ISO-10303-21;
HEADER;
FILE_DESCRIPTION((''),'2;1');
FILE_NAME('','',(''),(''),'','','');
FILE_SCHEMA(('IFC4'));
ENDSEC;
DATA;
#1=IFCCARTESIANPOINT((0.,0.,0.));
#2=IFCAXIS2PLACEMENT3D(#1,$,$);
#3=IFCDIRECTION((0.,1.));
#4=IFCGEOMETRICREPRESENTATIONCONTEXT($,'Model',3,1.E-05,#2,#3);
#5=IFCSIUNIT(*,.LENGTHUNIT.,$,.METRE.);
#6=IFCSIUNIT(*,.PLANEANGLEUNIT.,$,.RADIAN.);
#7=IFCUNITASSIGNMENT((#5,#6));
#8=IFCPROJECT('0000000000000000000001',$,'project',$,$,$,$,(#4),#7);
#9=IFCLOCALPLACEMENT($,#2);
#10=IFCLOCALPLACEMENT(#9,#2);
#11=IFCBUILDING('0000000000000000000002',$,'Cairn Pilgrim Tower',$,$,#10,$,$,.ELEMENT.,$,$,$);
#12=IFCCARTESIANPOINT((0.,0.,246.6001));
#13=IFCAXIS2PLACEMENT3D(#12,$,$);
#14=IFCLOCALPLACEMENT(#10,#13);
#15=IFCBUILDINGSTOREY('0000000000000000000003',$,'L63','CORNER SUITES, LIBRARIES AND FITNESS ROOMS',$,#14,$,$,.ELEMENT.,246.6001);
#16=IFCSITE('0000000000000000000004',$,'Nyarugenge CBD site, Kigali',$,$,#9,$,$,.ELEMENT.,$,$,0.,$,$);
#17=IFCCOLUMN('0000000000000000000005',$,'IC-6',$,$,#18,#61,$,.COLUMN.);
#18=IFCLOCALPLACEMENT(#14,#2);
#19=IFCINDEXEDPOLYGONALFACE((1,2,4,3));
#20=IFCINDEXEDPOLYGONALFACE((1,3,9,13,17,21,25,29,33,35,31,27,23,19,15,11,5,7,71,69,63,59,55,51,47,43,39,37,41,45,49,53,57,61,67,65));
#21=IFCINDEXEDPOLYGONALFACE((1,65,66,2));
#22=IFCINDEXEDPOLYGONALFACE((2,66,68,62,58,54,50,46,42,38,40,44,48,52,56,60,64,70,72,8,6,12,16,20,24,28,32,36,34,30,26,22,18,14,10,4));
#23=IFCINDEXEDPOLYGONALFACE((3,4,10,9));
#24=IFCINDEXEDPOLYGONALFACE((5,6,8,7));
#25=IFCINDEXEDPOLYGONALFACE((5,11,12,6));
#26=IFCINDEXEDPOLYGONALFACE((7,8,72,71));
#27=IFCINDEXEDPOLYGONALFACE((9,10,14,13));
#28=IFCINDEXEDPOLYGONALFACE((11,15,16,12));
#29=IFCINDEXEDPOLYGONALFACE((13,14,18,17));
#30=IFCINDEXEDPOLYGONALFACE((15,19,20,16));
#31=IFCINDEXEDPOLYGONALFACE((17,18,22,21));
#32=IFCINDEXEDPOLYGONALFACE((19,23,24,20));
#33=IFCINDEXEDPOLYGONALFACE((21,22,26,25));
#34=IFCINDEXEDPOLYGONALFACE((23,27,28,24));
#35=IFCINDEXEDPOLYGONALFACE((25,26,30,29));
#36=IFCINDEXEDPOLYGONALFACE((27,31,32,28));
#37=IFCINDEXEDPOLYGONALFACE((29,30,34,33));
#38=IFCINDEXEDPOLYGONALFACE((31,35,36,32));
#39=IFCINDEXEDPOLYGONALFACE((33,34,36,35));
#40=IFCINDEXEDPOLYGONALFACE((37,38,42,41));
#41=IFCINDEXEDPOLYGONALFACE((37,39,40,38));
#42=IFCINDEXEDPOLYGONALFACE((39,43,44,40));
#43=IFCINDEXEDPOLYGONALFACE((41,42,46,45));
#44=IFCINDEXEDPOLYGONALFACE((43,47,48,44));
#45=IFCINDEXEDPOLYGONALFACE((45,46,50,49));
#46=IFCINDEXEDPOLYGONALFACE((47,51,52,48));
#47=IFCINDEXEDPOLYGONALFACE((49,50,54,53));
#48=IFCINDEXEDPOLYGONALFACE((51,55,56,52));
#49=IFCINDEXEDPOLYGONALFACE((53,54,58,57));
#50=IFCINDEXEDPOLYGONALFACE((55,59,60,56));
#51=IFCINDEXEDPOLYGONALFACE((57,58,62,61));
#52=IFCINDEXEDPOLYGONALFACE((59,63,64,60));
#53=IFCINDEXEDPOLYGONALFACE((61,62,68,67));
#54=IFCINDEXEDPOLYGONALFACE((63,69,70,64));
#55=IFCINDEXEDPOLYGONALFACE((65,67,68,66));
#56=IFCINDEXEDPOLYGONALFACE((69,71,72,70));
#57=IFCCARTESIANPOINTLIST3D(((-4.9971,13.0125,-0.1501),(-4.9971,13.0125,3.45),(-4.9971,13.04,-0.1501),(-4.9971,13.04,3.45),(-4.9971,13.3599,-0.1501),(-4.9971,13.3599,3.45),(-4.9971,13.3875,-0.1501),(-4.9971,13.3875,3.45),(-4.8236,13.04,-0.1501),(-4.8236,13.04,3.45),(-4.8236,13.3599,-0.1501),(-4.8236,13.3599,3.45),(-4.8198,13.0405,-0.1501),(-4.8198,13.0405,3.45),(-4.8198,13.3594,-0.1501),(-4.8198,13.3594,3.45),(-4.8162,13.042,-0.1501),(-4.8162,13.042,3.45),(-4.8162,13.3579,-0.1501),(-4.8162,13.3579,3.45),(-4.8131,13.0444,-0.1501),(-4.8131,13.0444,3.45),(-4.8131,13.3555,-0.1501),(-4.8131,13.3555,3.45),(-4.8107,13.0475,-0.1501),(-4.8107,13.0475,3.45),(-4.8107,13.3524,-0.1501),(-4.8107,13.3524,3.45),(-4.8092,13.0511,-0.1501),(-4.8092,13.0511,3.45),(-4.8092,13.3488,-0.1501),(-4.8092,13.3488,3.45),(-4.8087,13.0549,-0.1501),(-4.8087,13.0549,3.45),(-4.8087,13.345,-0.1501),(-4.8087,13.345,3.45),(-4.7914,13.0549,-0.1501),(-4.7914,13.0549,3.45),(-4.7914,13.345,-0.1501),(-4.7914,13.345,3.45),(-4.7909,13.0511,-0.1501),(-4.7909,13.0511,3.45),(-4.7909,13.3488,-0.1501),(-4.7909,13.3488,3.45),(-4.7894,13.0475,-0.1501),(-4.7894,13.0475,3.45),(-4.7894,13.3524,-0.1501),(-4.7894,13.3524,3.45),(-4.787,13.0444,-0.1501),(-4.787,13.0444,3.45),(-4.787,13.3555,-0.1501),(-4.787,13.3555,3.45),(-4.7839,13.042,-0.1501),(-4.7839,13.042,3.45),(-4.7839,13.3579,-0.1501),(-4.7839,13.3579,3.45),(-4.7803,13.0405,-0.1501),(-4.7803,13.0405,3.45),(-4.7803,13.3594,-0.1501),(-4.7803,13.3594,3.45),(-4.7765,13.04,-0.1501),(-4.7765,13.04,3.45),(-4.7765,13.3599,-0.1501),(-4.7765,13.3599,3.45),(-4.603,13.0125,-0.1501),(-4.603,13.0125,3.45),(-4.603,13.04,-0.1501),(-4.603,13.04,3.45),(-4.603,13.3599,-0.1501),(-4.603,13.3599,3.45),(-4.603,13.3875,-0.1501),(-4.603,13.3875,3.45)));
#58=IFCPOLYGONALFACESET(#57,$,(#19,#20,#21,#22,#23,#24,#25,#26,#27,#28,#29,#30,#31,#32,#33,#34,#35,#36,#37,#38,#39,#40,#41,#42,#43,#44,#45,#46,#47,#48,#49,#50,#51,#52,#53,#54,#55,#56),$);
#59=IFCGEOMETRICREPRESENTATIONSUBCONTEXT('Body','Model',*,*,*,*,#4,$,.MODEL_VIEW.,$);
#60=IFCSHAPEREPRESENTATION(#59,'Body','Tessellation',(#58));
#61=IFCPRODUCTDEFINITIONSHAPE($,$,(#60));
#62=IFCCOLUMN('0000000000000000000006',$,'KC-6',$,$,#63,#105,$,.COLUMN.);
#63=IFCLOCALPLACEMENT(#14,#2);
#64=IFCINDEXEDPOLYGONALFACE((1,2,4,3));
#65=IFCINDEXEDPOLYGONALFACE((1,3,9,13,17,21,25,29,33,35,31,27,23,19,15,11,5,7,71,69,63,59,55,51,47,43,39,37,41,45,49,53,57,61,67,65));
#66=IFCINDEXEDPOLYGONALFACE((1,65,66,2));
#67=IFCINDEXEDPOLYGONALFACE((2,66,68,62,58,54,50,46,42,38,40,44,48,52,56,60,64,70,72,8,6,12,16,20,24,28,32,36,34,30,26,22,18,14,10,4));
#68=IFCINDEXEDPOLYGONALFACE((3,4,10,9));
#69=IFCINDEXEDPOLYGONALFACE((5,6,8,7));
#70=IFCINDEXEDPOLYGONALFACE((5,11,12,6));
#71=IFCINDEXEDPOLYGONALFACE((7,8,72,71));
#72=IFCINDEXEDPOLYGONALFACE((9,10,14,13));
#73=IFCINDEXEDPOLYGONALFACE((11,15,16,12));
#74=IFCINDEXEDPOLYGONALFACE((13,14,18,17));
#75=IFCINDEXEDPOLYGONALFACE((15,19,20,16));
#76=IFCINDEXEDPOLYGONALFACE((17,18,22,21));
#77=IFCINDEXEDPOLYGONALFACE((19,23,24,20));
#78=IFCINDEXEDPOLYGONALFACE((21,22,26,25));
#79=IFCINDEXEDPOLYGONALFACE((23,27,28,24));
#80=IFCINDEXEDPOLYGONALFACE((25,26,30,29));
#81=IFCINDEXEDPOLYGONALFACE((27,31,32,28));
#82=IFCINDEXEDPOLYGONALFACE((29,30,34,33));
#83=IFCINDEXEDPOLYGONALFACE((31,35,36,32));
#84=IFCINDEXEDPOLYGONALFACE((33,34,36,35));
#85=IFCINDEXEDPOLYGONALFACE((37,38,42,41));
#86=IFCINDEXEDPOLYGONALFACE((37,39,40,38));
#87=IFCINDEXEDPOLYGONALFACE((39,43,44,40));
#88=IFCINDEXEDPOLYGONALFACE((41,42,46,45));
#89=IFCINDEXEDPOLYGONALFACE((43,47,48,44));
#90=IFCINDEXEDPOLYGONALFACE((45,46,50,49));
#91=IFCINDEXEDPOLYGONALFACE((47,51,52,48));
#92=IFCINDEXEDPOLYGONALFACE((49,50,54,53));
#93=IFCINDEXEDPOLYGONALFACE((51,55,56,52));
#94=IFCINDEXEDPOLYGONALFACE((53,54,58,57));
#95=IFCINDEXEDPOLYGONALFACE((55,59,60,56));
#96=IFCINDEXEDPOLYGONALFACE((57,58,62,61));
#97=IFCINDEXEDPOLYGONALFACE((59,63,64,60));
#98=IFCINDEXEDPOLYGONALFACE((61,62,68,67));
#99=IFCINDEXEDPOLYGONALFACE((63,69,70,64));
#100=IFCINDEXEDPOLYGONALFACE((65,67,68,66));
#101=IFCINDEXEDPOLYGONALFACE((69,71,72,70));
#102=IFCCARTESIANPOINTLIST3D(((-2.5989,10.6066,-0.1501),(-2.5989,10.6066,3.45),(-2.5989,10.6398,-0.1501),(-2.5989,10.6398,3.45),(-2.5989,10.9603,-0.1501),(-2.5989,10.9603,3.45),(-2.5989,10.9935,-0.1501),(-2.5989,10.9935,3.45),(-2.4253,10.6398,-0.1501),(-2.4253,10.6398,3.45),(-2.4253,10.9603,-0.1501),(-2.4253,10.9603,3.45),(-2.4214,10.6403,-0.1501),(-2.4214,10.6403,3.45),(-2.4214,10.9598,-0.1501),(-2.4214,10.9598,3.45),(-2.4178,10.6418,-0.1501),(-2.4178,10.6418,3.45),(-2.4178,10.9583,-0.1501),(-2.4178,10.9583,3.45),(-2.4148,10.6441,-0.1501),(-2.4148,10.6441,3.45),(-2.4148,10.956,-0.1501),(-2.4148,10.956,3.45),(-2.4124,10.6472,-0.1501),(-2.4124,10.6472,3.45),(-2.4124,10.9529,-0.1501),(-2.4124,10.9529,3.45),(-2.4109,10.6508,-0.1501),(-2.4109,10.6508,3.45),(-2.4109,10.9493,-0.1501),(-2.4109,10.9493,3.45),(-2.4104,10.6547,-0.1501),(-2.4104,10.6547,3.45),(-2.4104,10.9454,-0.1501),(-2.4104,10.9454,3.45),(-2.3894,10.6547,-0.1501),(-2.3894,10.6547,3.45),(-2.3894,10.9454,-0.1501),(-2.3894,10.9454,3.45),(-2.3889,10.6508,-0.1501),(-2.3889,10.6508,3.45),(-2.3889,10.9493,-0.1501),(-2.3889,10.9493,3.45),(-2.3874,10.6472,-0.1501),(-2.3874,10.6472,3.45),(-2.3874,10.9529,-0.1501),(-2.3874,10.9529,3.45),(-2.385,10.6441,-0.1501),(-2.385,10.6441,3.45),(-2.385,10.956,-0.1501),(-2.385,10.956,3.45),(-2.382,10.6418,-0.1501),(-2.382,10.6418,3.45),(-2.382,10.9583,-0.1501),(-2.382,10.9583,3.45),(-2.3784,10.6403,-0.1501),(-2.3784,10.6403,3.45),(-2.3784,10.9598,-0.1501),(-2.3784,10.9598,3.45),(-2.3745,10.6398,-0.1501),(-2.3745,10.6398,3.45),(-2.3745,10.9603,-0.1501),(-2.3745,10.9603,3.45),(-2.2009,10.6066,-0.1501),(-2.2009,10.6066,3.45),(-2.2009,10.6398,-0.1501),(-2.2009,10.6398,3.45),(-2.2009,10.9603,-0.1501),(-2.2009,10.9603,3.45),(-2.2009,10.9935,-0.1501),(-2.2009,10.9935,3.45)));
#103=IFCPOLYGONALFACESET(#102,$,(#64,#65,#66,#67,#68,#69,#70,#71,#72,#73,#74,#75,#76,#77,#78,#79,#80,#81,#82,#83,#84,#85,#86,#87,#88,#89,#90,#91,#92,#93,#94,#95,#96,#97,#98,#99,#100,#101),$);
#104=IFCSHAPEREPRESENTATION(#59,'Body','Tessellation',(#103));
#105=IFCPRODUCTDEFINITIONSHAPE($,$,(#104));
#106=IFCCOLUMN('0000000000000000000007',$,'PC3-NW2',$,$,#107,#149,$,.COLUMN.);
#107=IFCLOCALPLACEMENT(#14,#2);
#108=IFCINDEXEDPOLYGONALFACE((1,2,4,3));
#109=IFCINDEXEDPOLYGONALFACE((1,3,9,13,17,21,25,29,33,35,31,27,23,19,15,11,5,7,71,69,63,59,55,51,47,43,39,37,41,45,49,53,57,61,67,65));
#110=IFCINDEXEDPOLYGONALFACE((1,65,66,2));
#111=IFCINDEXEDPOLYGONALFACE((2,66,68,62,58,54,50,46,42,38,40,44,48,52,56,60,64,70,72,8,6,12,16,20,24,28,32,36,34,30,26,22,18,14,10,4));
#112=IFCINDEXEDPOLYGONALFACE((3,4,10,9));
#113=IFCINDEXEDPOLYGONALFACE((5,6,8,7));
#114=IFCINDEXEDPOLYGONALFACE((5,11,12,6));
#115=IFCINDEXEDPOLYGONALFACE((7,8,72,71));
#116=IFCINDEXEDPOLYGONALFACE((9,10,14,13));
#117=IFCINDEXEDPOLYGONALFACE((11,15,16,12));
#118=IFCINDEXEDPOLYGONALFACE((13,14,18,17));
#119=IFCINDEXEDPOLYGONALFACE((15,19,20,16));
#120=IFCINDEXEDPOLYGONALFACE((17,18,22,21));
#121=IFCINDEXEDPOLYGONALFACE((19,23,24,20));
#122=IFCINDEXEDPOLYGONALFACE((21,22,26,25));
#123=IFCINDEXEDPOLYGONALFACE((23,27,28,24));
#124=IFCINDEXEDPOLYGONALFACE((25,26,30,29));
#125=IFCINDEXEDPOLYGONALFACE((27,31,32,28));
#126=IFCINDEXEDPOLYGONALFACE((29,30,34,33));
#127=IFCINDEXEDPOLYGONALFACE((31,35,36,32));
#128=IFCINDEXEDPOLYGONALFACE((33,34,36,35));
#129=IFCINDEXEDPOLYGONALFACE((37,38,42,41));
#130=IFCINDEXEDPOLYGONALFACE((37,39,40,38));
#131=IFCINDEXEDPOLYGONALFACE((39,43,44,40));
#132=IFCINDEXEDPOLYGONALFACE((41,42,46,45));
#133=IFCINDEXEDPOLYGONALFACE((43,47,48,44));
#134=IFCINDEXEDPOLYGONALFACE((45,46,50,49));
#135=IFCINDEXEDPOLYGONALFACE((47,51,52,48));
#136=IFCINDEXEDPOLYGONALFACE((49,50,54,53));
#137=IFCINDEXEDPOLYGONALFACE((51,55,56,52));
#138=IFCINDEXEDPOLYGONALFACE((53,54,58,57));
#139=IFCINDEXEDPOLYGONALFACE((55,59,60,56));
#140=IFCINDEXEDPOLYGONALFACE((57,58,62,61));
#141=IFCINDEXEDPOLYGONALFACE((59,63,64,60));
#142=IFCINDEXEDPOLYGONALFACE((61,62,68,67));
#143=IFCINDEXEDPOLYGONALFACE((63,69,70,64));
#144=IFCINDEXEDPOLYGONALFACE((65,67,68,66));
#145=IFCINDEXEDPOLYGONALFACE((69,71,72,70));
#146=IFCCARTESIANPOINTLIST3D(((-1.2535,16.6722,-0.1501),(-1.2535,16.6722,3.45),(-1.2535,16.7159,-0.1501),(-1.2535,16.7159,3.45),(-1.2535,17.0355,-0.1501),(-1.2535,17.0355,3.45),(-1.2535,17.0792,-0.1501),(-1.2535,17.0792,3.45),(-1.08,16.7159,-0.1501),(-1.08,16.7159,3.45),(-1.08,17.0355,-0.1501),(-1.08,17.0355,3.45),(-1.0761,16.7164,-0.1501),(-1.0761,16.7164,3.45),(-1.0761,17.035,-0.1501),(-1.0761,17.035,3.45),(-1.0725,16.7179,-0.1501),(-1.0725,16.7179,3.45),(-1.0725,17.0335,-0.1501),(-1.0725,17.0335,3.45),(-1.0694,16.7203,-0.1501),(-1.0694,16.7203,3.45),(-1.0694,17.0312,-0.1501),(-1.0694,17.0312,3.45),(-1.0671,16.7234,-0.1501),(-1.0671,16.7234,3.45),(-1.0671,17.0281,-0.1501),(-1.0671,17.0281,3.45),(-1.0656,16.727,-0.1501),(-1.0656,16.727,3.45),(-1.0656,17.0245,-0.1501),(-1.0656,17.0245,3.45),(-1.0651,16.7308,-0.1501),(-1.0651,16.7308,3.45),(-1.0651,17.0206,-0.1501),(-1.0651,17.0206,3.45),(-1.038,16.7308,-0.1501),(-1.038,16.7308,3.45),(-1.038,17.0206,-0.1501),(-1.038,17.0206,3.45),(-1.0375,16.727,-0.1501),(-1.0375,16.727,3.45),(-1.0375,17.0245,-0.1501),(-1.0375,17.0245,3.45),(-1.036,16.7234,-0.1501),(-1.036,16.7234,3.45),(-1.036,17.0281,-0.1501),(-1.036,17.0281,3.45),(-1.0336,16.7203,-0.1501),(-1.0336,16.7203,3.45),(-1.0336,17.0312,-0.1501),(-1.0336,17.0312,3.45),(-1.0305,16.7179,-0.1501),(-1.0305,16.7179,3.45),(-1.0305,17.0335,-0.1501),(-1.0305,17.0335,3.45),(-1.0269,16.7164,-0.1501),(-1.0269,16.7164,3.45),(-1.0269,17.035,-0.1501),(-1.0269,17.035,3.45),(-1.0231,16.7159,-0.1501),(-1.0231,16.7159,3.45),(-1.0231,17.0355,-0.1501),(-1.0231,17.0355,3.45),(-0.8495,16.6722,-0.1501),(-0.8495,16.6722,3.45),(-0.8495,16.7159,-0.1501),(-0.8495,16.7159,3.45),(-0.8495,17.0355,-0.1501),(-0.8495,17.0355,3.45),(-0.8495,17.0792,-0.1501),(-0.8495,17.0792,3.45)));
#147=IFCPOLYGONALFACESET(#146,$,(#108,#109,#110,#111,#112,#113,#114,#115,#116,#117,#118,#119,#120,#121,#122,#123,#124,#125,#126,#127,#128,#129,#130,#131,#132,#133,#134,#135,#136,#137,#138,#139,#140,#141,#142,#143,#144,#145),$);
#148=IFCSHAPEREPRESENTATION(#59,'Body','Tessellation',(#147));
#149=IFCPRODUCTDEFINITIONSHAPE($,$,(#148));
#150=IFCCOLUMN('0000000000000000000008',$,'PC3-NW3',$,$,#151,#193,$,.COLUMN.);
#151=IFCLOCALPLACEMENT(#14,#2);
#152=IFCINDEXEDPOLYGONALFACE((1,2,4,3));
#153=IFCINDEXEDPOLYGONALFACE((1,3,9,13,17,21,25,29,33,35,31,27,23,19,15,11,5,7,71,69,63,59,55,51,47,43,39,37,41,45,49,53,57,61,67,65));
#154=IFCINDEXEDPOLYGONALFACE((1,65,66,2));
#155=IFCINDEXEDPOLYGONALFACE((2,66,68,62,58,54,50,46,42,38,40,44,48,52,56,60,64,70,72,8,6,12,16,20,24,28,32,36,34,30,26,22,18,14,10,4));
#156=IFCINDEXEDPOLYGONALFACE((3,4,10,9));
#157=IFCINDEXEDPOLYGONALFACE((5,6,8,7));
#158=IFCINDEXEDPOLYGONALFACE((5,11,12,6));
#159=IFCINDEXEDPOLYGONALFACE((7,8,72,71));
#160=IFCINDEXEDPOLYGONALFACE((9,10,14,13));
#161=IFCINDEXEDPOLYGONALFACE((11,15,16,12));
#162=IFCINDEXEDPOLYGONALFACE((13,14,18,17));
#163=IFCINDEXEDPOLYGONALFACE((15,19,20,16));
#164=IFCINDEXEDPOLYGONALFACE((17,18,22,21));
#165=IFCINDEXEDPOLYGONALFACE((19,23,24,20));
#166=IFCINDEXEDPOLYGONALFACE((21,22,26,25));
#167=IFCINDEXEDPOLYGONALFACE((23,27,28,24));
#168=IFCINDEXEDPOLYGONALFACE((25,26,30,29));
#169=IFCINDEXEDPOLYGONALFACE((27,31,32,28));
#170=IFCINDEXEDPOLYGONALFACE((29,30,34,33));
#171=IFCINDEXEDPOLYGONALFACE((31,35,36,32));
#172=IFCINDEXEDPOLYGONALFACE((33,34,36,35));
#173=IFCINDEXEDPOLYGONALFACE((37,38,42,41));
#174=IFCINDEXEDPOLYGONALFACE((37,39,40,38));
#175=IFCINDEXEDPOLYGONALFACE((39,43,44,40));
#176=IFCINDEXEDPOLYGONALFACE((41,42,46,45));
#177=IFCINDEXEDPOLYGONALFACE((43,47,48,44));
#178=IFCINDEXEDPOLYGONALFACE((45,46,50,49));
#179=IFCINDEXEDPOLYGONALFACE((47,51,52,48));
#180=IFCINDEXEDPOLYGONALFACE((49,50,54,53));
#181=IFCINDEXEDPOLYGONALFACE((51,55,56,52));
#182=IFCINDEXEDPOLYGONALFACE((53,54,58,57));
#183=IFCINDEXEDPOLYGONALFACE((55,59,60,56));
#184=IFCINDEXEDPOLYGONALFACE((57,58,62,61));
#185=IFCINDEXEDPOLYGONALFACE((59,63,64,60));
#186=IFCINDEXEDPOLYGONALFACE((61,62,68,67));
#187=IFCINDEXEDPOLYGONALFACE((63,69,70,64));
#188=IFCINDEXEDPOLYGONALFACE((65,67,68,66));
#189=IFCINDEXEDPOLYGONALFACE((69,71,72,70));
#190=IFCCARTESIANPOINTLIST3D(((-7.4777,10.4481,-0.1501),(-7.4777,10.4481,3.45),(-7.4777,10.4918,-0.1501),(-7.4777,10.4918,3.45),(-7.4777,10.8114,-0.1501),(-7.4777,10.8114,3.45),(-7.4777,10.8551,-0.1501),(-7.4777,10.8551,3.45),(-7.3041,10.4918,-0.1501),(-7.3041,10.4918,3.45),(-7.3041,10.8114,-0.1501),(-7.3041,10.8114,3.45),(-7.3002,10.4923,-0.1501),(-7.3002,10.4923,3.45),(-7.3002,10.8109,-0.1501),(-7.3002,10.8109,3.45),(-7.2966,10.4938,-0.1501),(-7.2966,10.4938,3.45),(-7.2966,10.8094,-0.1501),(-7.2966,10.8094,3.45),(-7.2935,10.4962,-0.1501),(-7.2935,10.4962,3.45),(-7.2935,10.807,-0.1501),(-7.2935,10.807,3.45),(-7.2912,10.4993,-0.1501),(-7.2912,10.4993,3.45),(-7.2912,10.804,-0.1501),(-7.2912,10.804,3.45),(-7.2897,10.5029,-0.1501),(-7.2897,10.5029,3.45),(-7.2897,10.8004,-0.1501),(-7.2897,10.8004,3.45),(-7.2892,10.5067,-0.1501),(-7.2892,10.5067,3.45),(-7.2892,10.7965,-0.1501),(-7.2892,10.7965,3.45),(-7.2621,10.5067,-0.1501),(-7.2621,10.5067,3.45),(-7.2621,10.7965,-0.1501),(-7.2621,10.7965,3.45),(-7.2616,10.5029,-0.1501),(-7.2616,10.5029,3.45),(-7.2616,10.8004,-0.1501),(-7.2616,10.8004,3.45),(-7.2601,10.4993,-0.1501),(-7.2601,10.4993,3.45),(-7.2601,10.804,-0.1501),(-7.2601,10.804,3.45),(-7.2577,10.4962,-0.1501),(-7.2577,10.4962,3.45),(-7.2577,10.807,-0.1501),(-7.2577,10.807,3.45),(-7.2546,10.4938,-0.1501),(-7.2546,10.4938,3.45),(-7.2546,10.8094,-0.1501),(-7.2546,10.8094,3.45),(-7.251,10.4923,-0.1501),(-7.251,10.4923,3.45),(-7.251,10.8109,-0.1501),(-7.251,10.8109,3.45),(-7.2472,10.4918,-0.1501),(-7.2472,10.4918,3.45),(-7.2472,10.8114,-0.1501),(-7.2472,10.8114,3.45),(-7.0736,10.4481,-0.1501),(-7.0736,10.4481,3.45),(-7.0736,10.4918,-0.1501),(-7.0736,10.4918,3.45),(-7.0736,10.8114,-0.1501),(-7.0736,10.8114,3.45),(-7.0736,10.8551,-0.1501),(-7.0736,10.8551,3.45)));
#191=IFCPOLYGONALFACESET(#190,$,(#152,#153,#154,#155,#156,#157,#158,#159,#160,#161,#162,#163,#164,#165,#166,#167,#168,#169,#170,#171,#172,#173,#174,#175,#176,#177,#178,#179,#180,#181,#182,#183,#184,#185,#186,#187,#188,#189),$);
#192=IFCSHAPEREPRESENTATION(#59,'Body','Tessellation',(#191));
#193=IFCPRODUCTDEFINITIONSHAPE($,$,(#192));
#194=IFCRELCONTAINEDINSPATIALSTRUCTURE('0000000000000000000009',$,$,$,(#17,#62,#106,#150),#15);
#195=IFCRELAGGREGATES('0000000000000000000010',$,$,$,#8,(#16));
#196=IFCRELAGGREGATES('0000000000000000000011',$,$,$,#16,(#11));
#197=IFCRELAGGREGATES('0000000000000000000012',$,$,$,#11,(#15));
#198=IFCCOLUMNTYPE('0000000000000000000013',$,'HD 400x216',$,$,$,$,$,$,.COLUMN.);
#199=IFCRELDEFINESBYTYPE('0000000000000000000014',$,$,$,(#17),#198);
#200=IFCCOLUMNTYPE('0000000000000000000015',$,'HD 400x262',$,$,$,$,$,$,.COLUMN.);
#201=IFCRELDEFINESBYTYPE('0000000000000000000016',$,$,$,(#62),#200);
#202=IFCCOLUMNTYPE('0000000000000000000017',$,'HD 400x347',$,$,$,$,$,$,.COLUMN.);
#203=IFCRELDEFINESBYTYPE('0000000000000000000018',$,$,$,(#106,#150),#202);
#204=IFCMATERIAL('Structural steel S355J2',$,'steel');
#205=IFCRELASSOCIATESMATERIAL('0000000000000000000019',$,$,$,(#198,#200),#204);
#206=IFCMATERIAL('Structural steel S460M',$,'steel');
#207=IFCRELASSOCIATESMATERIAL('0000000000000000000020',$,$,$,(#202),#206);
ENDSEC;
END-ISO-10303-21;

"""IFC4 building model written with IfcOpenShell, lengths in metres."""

from ifc_helpers import new_model, si_unit, direction, frame, origin, origin_2d, place, context, subcontext, project, spatial, i_section, extrude, material, material_profile, profile_set, type_object, element, save


model = new_model("IFC4")

# Units and contexts
model_context = context("Model", 3, precision=1e-05, world=origin(), true_north=direction((0.0, 1.0)))
body_context = subcontext(model_context, "Body", "Model", "MODEL_VIEW")
ifc_project = project(units=[si_unit("LENGTHUNIT", "METRE"), si_unit("PLANEANGLEUNIT", "RADIAN")], contexts=[model_context])

# Site, building, storey
site_placement = place(None, origin())
site = spatial("IfcSite", under=ifc_project, at=site_placement, Name="Nyarugenge CBD site, Kigali", CompositionType="ELEMENT", RefElevation=0.0)
building_placement = place(site_placement, origin())
building = spatial("IfcBuilding", under=site, at=building_placement, Name="Cairn Pilgrim Tower", CompositionType="ELEMENT")
storey_placement = place(building_placement, frame((0.0, 0.0, 246.6001)))
storey = spatial("IfcBuildingStorey", under=building, at=storey_placement, Name="L63", Description="CORNER SUITES, LIBRARIES AND FITNESS ROOMS", CompositionType="ELEMENT", Elevation=246.6001)

# Columns
ifc_material_1 = material(Name="Structural steel S355J2", Category="steel")
ifc_material_profile_1 = material_profile(ifc_material_1, i_section(OverallWidth=0.394, OverallDepth=0.375, WebThickness=0.0173, FlangeThickness=0.0276, FilletRadius=0.0149, at=origin_2d()), Name="HD 400x216")
ifc_profile_set_1 = profile_set([ifc_material_profile_1], Name="Structural steel S355J2")
column_type_1 = type_object("IfcColumnType", Name="HD 400x216", PredefinedType="COLUMN", material=ifc_profile_set_1)
column_1_placement = place(storey_placement, frame((-4.8, 13.2, -0.1501), z_axis=(0.0, 0.0, 1.0), x_axis=(1.0, 0.0, 0.0)))
element("IfcColumn", 1, at=column_1_placement, inside=storey, type_object=column_type_1, Name="IC-6", PredefinedType="COLUMN", context=body_context, shape_type="SweptSolid", body=[
    extrude(i_section(OverallWidth=0.394, OverallDepth=0.375, WebThickness=0.0173, FlangeThickness=0.0276, FilletRadius=0.0149, at=origin_2d()), origin(), (0.0, 0.0, 1.0), 3.6001),
])
ifc_material_profile_2 = material_profile(ifc_material_1, i_section(OverallWidth=0.3979, OverallDepth=0.387, WebThickness=0.021, FlangeThickness=0.0332, FilletRadius=0.0149, at=origin_2d()), Name="HD 400x262")
ifc_profile_set_2 = profile_set([ifc_material_profile_2], Name="Structural steel S355J2")
column_type_2 = type_object("IfcColumnType", Name="HD 400x262", PredefinedType="COLUMN", material=ifc_profile_set_2)
column_2_placement = place(storey_placement, frame((-2.3999, 10.8, -0.1501), z_axis=(0.0, 0.0, 1.0), x_axis=(1.0, 0.0, 0.0)))
element("IfcColumn", 2, at=column_2_placement, inside=storey, type_object=column_type_2, Name="KC-6", PredefinedType="COLUMN", context=body_context, shape_type="SweptSolid", body=[
    extrude(i_section(OverallWidth=0.3979, OverallDepth=0.387, WebThickness=0.021, FlangeThickness=0.0332, FilletRadius=0.0149, at=origin_2d()), origin(), (0.0, 0.0, 1.0), 3.6001),
])
ifc_material_2 = material(Name="Structural steel S460M", Category="steel")
ifc_material_profile_3 = material_profile(ifc_material_2, i_section(OverallWidth=0.4041, OverallDepth=0.407, WebThickness=0.0271, FlangeThickness=0.0437, FilletRadius=0.0149, at=origin_2d()), Name="HD 400x347")
ifc_profile_set_3 = profile_set([ifc_material_profile_3], Name="Structural steel S460M")
column_type_3 = type_object("IfcColumnType", Name="HD 400x347", PredefinedType="COLUMN", material=ifc_profile_set_3)
for number, where, z_axis, x_axis, name in (
    (3, (-1.0515, 16.8757, -0.1501), (0.0, 0.0, 1.0), (1.0, 0.0, 0.0), "PC3-NW2"),
    (4, (-7.2756, 10.6516, -0.1501), (0.0, 0.0, 1.0), (1.0, 0.0, 0.0), "PC3-NW3"),
):
    element("IfcColumn", number, at=place(storey_placement, frame(where, z_axis=z_axis, x_axis=x_axis)), inside=storey, type_object=column_type_3, Name=name, PredefinedType="COLUMN", context=body_context, shape_type="SweptSolid", body=[
        extrude(i_section(OverallWidth=0.4041, OverallDepth=0.407, WebThickness=0.0271, FlangeThickness=0.0437, FilletRadius=0.0149, at=origin_2d()), origin(), (0.0, 0.0, 1.0), 3.6001),
    ])

save(model, "model.ifc")
